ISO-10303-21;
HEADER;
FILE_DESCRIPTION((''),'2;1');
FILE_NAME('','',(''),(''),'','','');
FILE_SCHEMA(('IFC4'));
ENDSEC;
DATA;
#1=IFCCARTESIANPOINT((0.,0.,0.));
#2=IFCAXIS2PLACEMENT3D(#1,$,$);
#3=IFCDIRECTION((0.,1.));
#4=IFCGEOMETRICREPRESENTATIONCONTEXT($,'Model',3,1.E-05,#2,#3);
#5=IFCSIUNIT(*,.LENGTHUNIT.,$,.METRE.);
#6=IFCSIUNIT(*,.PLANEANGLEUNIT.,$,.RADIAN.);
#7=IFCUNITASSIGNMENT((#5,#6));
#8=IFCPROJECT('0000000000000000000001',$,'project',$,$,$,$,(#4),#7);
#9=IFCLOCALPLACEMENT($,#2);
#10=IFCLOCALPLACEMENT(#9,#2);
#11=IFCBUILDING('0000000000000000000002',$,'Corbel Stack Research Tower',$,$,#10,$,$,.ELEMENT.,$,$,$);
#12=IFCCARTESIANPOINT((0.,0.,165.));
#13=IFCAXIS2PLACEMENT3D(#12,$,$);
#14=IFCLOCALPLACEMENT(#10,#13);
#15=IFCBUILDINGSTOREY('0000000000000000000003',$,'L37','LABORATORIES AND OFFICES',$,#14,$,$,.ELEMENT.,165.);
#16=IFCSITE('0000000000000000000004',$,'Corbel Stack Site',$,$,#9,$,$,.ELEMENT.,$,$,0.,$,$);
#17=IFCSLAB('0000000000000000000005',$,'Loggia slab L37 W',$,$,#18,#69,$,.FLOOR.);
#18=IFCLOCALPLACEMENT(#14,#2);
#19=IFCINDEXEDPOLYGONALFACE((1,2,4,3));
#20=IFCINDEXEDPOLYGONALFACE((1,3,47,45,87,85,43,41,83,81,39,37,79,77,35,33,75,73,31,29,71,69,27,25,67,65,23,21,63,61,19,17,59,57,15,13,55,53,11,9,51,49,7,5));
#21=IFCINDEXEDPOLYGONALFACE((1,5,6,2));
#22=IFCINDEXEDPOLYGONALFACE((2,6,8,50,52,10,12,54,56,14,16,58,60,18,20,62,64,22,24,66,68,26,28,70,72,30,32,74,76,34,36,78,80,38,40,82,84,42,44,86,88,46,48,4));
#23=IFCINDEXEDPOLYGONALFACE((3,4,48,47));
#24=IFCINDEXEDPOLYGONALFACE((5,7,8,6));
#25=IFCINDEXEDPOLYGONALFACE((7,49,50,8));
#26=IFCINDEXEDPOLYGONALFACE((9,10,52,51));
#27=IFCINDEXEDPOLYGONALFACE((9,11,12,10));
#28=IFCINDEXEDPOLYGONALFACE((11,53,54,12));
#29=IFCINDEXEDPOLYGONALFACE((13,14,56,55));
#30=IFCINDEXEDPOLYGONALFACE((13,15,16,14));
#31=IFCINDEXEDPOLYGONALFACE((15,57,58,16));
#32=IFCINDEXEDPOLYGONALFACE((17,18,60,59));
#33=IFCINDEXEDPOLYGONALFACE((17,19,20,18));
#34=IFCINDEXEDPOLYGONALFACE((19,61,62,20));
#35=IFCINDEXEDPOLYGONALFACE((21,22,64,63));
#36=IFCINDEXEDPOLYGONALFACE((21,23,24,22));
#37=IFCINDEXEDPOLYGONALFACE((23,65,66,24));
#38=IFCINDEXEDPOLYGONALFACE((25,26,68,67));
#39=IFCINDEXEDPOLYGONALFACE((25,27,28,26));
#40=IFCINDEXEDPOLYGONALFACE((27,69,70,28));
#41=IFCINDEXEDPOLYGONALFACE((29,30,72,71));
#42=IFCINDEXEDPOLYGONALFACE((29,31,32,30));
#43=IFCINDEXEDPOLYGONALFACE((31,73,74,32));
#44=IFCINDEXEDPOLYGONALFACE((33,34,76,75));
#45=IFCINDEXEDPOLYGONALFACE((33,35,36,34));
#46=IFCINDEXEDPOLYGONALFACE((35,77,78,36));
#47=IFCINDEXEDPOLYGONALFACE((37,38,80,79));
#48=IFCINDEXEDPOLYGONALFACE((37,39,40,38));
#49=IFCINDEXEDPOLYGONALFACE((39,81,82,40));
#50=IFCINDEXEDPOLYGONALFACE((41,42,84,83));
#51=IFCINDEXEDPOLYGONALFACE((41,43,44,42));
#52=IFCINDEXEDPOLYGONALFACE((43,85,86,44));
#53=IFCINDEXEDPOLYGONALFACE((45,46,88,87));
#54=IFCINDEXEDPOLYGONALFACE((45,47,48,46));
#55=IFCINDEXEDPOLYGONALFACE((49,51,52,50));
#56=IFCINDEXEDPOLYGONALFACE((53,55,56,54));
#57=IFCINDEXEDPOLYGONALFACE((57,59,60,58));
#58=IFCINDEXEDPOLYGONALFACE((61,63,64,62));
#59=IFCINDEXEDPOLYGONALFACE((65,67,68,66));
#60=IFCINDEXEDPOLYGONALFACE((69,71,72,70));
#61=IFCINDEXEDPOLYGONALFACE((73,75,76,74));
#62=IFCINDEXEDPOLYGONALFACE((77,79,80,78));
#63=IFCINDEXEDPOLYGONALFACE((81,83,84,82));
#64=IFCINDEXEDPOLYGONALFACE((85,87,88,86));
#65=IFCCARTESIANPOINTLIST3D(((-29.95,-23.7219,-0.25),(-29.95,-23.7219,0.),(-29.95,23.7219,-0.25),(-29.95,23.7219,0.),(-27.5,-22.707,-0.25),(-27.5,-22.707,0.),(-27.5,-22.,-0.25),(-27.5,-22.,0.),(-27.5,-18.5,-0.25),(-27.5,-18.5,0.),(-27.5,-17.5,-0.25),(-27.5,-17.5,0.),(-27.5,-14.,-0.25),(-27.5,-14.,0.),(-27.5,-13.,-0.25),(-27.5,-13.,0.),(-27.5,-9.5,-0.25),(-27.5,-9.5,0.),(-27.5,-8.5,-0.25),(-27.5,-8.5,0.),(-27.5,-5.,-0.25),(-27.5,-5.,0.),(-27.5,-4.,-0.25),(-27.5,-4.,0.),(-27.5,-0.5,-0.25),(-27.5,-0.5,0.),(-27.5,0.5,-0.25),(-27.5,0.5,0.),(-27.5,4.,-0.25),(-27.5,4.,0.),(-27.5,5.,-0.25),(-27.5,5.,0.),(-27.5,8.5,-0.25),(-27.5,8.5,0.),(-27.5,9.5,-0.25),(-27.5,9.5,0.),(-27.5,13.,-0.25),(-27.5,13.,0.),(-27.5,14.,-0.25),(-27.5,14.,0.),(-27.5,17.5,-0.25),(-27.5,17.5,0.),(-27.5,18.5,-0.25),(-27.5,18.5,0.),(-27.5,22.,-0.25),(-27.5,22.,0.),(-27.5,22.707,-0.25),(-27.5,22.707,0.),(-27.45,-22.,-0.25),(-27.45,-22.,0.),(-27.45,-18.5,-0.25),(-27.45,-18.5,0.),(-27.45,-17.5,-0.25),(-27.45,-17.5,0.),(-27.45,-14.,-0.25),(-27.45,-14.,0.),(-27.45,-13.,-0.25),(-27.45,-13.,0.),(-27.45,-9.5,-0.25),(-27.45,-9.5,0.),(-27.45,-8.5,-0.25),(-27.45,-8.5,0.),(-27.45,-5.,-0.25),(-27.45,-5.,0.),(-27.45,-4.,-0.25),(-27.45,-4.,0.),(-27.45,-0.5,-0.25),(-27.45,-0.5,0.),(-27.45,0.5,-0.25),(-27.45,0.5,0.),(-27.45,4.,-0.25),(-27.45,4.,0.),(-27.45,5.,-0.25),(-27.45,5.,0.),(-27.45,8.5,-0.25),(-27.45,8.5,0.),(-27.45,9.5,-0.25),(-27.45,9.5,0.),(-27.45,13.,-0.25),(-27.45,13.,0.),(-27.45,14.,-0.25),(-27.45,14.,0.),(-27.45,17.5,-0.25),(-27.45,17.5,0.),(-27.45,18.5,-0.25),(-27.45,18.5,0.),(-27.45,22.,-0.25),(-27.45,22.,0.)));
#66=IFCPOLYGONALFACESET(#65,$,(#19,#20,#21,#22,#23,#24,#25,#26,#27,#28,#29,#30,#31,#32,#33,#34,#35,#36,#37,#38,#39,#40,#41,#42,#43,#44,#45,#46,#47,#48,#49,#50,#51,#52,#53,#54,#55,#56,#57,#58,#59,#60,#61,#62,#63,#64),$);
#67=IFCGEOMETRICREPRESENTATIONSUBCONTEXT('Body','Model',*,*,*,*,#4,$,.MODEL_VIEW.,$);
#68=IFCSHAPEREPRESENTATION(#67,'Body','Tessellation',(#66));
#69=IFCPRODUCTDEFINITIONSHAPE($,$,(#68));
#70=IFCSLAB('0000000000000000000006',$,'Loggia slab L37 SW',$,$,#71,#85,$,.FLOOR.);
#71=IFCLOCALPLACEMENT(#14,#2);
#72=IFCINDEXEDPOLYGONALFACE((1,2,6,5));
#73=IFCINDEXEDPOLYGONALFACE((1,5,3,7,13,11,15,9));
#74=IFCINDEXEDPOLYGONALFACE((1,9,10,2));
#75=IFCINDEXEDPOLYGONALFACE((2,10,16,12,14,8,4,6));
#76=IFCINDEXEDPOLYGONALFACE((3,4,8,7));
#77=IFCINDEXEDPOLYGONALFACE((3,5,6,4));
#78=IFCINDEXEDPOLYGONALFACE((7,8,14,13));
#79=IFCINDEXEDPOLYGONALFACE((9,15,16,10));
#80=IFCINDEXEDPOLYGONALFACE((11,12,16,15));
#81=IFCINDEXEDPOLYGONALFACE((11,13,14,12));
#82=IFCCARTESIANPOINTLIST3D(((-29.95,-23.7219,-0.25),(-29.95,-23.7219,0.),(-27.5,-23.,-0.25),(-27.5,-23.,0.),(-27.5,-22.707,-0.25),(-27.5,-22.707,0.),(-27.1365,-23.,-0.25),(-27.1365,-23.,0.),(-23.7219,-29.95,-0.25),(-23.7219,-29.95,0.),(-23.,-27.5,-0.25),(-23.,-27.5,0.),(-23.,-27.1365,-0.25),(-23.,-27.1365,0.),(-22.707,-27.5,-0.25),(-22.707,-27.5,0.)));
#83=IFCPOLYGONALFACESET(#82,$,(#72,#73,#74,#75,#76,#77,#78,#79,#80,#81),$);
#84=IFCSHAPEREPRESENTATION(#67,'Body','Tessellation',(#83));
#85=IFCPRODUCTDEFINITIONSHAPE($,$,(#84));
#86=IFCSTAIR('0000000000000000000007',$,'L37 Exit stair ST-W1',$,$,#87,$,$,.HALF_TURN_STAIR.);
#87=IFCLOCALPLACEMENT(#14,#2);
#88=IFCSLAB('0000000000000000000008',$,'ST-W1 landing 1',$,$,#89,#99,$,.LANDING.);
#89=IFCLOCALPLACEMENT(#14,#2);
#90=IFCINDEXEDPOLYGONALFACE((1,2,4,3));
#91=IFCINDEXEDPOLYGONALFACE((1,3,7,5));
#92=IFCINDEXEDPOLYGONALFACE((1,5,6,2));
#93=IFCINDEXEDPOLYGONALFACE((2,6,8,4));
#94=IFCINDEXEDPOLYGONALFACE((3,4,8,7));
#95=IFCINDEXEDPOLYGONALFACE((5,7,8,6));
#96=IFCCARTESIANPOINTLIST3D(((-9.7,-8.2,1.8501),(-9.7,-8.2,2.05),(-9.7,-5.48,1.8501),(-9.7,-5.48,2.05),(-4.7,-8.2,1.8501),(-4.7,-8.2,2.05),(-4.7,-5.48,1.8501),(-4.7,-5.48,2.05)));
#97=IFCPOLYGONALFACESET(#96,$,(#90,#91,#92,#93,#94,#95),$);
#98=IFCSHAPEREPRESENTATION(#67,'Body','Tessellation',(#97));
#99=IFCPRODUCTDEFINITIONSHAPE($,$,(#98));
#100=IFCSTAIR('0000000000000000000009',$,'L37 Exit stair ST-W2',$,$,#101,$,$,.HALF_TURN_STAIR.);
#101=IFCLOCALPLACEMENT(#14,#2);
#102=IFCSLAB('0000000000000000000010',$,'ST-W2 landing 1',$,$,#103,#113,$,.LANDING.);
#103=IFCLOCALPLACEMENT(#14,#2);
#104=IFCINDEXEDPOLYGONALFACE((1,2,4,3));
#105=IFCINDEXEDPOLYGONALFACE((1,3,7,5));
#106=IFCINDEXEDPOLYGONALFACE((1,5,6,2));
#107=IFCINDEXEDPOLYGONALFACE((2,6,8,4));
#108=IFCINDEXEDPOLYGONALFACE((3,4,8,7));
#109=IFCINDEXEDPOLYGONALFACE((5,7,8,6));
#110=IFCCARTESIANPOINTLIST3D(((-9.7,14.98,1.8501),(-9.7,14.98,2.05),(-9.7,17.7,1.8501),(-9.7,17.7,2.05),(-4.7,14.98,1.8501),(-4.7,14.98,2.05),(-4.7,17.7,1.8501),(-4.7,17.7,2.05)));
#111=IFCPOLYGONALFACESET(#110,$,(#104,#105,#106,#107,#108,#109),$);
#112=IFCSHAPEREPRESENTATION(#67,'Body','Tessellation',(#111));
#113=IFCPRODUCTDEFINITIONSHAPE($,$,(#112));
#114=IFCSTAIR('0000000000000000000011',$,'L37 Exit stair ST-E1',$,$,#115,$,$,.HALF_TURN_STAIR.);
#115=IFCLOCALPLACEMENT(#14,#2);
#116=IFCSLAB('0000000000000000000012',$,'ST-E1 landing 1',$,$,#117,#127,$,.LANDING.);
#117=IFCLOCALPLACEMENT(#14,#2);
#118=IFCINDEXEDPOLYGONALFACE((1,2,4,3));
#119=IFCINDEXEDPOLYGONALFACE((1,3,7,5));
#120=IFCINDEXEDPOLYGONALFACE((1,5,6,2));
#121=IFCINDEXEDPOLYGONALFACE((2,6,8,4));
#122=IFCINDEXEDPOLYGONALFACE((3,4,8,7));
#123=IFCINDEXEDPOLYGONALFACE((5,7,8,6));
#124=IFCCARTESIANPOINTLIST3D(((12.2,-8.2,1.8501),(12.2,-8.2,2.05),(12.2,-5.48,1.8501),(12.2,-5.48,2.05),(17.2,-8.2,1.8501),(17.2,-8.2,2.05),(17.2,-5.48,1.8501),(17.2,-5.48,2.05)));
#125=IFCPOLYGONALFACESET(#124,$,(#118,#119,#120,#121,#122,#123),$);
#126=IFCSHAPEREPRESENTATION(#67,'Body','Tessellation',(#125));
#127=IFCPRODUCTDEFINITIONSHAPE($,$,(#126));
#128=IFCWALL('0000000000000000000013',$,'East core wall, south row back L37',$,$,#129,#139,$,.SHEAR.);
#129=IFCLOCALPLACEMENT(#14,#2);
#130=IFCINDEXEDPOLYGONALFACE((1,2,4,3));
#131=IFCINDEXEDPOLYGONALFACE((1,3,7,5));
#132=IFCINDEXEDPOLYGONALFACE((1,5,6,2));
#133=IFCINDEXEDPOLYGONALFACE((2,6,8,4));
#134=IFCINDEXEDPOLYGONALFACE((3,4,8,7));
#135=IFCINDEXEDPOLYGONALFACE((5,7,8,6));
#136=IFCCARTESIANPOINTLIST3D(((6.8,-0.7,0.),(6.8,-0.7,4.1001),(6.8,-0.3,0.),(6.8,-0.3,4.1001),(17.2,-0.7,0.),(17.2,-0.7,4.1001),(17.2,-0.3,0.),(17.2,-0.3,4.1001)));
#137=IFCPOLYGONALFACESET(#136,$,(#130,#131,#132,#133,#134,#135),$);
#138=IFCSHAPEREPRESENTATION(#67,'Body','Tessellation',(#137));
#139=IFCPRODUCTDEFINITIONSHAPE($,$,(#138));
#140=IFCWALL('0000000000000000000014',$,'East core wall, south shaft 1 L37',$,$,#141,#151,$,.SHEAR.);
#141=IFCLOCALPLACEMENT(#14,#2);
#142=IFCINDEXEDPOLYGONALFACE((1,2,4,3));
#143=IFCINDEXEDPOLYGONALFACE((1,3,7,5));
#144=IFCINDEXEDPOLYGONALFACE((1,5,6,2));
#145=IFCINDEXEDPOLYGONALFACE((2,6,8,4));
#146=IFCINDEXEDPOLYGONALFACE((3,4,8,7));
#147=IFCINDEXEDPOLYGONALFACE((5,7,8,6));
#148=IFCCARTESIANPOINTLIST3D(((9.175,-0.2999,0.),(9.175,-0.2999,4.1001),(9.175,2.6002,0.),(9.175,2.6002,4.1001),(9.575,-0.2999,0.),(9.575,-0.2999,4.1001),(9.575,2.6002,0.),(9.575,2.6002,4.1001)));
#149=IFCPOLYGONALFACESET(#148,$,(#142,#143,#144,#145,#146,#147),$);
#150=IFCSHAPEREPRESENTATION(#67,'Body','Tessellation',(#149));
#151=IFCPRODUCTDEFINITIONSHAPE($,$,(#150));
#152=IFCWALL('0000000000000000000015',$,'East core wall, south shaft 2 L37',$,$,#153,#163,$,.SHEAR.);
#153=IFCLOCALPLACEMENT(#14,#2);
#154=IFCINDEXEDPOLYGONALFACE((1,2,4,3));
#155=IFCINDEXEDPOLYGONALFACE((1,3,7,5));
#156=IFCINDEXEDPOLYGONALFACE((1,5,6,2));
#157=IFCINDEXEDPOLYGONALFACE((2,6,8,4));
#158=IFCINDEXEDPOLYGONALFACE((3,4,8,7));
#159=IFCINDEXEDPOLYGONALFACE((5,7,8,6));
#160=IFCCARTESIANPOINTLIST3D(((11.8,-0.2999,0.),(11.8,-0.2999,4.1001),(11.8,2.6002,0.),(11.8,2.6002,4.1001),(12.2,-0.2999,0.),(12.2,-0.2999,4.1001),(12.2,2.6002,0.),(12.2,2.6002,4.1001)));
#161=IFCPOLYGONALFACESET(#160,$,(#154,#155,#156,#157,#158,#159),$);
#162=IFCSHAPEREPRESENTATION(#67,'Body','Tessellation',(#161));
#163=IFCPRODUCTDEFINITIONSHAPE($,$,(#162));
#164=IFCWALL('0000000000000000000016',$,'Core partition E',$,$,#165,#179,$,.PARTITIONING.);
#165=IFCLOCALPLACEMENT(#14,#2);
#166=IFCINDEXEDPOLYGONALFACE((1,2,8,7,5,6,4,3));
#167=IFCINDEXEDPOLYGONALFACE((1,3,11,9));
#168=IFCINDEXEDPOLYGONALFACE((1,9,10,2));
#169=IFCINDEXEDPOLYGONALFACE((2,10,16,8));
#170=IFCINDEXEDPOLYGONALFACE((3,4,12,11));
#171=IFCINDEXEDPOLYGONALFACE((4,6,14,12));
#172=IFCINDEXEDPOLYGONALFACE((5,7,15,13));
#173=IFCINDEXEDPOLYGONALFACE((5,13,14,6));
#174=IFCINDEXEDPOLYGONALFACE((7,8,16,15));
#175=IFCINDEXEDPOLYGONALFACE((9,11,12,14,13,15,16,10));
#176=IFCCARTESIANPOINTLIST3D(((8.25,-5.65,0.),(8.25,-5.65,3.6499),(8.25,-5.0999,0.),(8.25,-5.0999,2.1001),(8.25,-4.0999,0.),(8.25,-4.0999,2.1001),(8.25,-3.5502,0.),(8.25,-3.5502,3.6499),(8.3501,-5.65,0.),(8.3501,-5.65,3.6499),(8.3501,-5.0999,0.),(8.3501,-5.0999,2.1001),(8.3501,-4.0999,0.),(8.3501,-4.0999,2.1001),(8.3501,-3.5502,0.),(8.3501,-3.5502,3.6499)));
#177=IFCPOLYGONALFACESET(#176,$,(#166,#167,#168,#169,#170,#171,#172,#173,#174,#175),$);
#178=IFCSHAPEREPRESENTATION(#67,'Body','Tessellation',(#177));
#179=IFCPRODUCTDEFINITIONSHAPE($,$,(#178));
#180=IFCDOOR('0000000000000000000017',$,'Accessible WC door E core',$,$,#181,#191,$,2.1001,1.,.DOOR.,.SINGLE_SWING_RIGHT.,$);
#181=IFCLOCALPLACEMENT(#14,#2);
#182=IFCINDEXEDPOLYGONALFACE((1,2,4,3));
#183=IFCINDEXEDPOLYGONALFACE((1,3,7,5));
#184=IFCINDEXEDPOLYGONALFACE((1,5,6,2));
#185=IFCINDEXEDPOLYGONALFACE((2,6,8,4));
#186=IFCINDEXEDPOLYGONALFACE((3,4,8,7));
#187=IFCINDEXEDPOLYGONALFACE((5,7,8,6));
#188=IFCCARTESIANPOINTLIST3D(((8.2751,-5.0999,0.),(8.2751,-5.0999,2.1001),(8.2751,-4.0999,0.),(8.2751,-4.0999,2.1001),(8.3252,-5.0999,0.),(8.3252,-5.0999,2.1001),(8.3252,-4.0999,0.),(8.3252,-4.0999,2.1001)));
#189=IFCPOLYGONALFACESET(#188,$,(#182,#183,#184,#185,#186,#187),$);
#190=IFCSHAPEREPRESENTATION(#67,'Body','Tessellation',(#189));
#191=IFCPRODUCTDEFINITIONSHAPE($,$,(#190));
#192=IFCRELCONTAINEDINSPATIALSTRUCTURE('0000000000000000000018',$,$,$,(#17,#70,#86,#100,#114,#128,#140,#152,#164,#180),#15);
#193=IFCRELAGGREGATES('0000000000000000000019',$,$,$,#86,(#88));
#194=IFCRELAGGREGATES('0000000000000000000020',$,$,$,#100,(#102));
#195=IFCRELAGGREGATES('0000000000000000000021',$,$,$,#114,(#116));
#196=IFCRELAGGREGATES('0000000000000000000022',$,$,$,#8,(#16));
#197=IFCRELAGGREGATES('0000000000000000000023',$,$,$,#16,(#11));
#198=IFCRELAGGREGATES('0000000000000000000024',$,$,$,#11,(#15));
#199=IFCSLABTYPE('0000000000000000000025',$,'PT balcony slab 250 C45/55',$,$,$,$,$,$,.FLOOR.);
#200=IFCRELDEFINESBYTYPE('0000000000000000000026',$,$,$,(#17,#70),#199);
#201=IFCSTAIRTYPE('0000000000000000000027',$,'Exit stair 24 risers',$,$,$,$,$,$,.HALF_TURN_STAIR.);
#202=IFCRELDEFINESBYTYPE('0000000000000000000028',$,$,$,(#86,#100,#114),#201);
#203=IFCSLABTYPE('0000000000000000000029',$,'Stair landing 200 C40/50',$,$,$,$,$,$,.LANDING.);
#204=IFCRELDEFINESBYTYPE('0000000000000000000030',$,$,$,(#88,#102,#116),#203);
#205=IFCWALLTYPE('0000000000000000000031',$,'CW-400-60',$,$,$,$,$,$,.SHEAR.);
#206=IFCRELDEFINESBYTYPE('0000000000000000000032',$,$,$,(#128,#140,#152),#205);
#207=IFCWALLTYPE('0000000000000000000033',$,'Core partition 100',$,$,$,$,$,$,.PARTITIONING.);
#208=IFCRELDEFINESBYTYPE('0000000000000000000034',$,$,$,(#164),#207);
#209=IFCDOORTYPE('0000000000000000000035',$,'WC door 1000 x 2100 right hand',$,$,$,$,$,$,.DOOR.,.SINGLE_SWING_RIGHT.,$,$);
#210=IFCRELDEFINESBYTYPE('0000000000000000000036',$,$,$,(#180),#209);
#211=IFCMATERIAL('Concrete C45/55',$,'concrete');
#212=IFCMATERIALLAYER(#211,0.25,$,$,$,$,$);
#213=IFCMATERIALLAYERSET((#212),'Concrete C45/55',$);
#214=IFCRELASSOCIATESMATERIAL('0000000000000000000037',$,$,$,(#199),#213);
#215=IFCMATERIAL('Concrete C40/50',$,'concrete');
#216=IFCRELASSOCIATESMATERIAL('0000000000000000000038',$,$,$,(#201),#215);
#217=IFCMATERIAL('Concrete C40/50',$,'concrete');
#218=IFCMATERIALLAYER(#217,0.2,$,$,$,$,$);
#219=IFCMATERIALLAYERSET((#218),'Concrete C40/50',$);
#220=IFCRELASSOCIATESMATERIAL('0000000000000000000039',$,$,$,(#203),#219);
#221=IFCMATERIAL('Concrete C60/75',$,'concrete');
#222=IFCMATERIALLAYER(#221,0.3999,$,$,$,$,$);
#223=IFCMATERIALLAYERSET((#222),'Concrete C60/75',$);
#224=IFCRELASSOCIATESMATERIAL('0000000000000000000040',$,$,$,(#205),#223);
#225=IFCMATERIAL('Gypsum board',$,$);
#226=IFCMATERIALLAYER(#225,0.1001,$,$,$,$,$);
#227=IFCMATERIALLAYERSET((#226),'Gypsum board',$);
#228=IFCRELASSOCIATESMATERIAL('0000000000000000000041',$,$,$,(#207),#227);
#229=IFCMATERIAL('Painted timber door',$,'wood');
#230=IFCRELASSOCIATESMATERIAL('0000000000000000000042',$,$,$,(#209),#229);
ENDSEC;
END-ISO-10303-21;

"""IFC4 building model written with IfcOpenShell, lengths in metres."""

from ifc_helpers import new_model, si_unit, direction, frame, frame_2d, origin, place, context, subcontext, project, spatial, polyline, rectangle, outline, extrude, material, layer, layer_set, type_object, element, fill, aggregate, save


model = new_model("IFC4")

# Units and contexts
model_context = context("Model", 3, precision=1e-05, world=origin(), true_north=direction((0.0, 1.0)))
body_context = subcontext(model_context, "Body", "Model", "MODEL_VIEW")
ifc_project = project(units=[si_unit("LENGTHUNIT", "METRE"), si_unit("PLANEANGLEUNIT", "RADIAN")], contexts=[model_context])

# Site, building, storey
site_placement = place(None, origin())
site = spatial("IfcSite", under=ifc_project, at=site_placement, Name="Corbel Stack Site", CompositionType="ELEMENT", RefElevation=0.0)
building_placement = place(site_placement, origin())
building = spatial("IfcBuilding", under=site, at=building_placement, Name="Corbel Stack Research Tower", CompositionType="ELEMENT")
storey_placement = place(building_placement, frame((0.0, 0.0, 165.0)))
storey = spatial("IfcBuildingStorey", under=building, at=storey_placement, Name="L37", Description="LABORATORIES AND OFFICES", CompositionType="ELEMENT", Elevation=165.0)

# Slabs
ifc_material_1 = material(Name="Concrete C45/55", Category="concrete")
ifc_layer_1 = layer(ifc_material_1, 0.25)
ifc_layer_set_1 = layer_set([ifc_layer_1], Name="Concrete C45/55")
slab_type_1 = type_object("IfcSlabType", Name="PT balcony slab 250 C45/55", PredefinedType="FLOOR", material=ifc_layer_set_1)
slab_1_placement = place(storey_placement, frame((0.0, 0.0, -0.25)))
element("IfcSlab", 1, at=slab_1_placement, inside=storey, type_object=slab_type_1, Name="Loggia slab L37 W", PredefinedType="FLOOR", context=body_context, shape_type="SweptSolid", body=[
    extrude(outline(polyline([(-27.5, -22.707), (-27.5, -22.0), (-27.45, -22.0), (-27.45, -18.5), (-27.5, -18.5), (-27.5, -17.5), (-27.45, -17.5), (-27.45, -14.0), (-27.5, -14.0), (-27.5, -13.0), (-27.45, -13.0), (-27.45, -9.5), (-27.5, -9.5), (-27.5, -8.5), (-27.45, -8.5), (-27.45, -5.0), (-27.5, -5.0), (-27.5, -4.0), (-27.45, -4.0), (-27.45, -0.5), (-27.5, -0.5), (-27.5, 0.5), (-27.45, 0.5), (-27.45, 4.0), (-27.5, 4.0), (-27.5, 5.0), (-27.45, 5.0), (-27.45, 8.5), (-27.5, 8.5), (-27.5, 9.5), (-27.45, 9.5), (-27.45, 13.0), (-27.5, 13.0), (-27.5, 14.0), (-27.45, 14.0), (-27.45, 17.5), (-27.5, 17.5), (-27.5, 18.5), (-27.45, 18.5), (-27.45, 22.0), (-27.5, 22.0), (-27.5, 22.707), (-29.95, 23.7219), (-29.95, -23.7219), (-27.5, -22.707)])), origin(), (0.0, 0.0, 1.0), 0.25),
])
slab_2_placement = place(storey_placement, frame((0.0, 0.0, -0.25)))
element("IfcSlab", 2, at=slab_2_placement, inside=storey, type_object=slab_type_1, Name="Loggia slab L37 SW", PredefinedType="FLOOR", context=body_context, shape_type="SweptSolid", body=[
    extrude(outline(polyline([(-22.707, -27.5), (-23.0, -27.5), (-23.0, -27.1365), (-27.1365, -23.0), (-27.5, -23.0), (-27.5, -22.707), (-29.95, -23.7219), (-23.7219, -29.95), (-22.707, -27.5)])), origin(), (0.0, 0.0, 1.0), 0.25),
])

# Stairs, slabs
ifc_material_2 = material(Name="Concrete C40/50", Category="concrete")
stair_type = type_object("IfcStairType", Name="Exit stair 24 risers", PredefinedType="HALF_TURN_STAIR", material=ifc_material_2)
stair_1_placement = place(storey_placement, origin())
stair_1 = element("IfcStair", 3, at=stair_1_placement, inside=storey, type_object=stair_type, Name="L37 Exit stair ST-W1", PredefinedType="HALF_TURN_STAIR")
ifc_material_3 = material(Name="Concrete C40/50", Category="concrete")
ifc_layer_2 = layer(ifc_material_3, 0.2)
ifc_layer_set_2 = layer_set([ifc_layer_2], Name="Concrete C40/50")
slab_type_2 = type_object("IfcSlabType", Name="Stair landing 200 C40/50", PredefinedType="LANDING", material=ifc_layer_set_2)
slab_3_placement = place(storey_placement, frame((0.0, 0.0, 1.8501)))
slab_3 = element("IfcSlab", 4, at=slab_3_placement, type_object=slab_type_2, Name="ST-W1 landing 1", PredefinedType="LANDING", context=body_context, shape_type="SweptSolid", body=[
    extrude(outline(polyline([(-9.7, -8.2), (-9.7, -5.48), (-4.7, -5.48), (-4.7, -8.2), (-9.7, -8.2)])), origin(), (0.0, 0.0, 1.0), 0.2),
])
aggregate(stair_1, [slab_3])
stair_2_placement = place(storey_placement, origin())
stair_2 = element("IfcStair", 5, at=stair_2_placement, inside=storey, type_object=stair_type, Name="L37 Exit stair ST-W2", PredefinedType="HALF_TURN_STAIR")
slab_4_placement = place(storey_placement, frame((0.0, 0.0, 1.8501)))
slab_4 = element("IfcSlab", 6, at=slab_4_placement, type_object=slab_type_2, Name="ST-W2 landing 1", PredefinedType="LANDING", context=body_context, shape_type="SweptSolid", body=[
    extrude(outline(polyline([(-9.7, 14.98), (-9.7, 17.7), (-4.7, 17.7), (-4.7, 14.98), (-9.7, 14.98)])), origin(), (0.0, 0.0, 1.0), 0.2),
])
aggregate(stair_2, [slab_4])
stair_3_placement = place(storey_placement, origin())
stair_3 = element("IfcStair", 7, at=stair_3_placement, inside=storey, type_object=stair_type, Name="L37 Exit stair ST-E1", PredefinedType="HALF_TURN_STAIR")
slab_5_placement = place(storey_placement, frame((0.0, 0.0, 1.8501)))
slab_5 = element("IfcSlab", 8, at=slab_5_placement, type_object=slab_type_2, Name="ST-E1 landing 1", PredefinedType="LANDING", context=body_context, shape_type="SweptSolid", body=[
    extrude(outline(polyline([(12.2, -8.2), (12.2, -5.48), (17.2, -5.48), (17.2, -8.2), (12.2, -8.2)])), origin(), (0.0, 0.0, 1.0), 0.2),
])

# Walls
ifc_material_4 = material(Name="Concrete C60/75", Category="concrete")
ifc_layer_3 = layer(ifc_material_4, 0.3999)
ifc_layer_set_3 = layer_set([ifc_layer_3], Name="Concrete C60/75")
wall_type_1 = type_object("IfcWallType", Name="CW-400-60", PredefinedType="SHEAR", material=ifc_layer_set_3)
wall_1_placement = place(storey_placement, frame((6.8, -0.5, 0.0), z_axis=(0.0, 0.0, 1.0), x_axis=(1.0, 0.0, 0.0)))
element("IfcWall", 9, at=wall_1_placement, inside=storey, type_object=wall_type_1, Name="East core wall, south row back L37", PredefinedType="SHEAR", context=body_context, shape_type="SweptSolid", body=[
    extrude(rectangle(XDim=10.3999, YDim=0.3999, at=frame_2d((5.2, 0.0))), origin(), (0.0, 0.0, 1.0), 4.1001),
])
for number, where, z_axis, x_axis, name in (
    (10, (9.375, -0.3, 0.0), (0.0, 0.0, 1.0), (0.0, 1.0, 0.0), "East core wall, south shaft 1 L37"),
    (11, (12.0, -0.3, 0.0), (0.0, 0.0, 1.0), (0.0, 1.0, 0.0), "East core wall, south shaft 2 L37"),
):
    element("IfcWall", number, at=place(storey_placement, frame(where, z_axis=z_axis, x_axis=x_axis)), inside=storey, type_object=wall_type_1, Name=name, PredefinedType="SHEAR", context=body_context, shape_type="SweptSolid", body=[
        extrude(rectangle(XDim=2.9001, YDim=0.3999, at=frame_2d((1.4502, 0.0))), origin(), (0.0, 0.0, 1.0), 4.1001),
    ])

# Wall, opening, door
ifc_material_5 = material(Name="Gypsum board")
ifc_layer_4 = layer(ifc_material_5, 0.1001)
ifc_layer_set_4 = layer_set([ifc_layer_4], Name="Gypsum board")
wall_type_2 = type_object("IfcWallType", Name="Core partition 100", PredefinedType="PARTITIONING", material=ifc_layer_set_4)
wall_2_placement = place(storey_placement, frame((8.3, -5.6499, 0.0), z_axis=(0.0, 0.0, 1.0), x_axis=(0.0, 1.0, 0.0)))
wall_2 = element("IfcWall", 12, at=wall_2_placement, inside=storey, type_object=wall_type_2, Name="Core partition E", PredefinedType="PARTITIONING", context=body_context, shape_type="SweptSolid", body=[
    extrude(rectangle(XDim=2.0999, YDim=0.1001, at=frame_2d((1.0498, 0.0))), origin(), (0.0, 0.0, 1.0), 3.6499),
])
opening_1_placement = place(wall_2_placement, frame((0.55, 0.0, 0.0)))
opening_1 = element("IfcOpeningElement", 13, at=opening_1_placement, cuts=wall_2, PredefinedType="OPENING", context=body_context, shape_type="SweptSolid", body=[
    extrude(rectangle(XDim=1.0, YDim=2.1001, at=frame_2d((0.5, 1.05))), frame((0.0, 0.0601, 0.0), z_axis=(0.0, -1.0, 0.0), x_axis=(1.0, 0.0, 0.0)), (0.0, 0.0, 1.0), 0.1201),
])
ifc_material_6 = material(Name="Painted timber door", Category="wood")
door_type_1 = type_object("IfcDoorType", Name="WC door 1000 x 2100 right hand", OperationType="SINGLE_SWING_RIGHT", PredefinedType="DOOR", material=ifc_material_6)
door_1_placement = place(opening_1_placement, origin())
door_1 = element("IfcDoor", 14, at=door_1_placement, inside=storey, type_object=door_type_1, Name="Accessible WC door E core", OperationType="SINGLE_SWING_RIGHT", OverallHeight=2.1001, OverallWidth=1.0, PredefinedType="DOOR", context=body_context, shape_type="SweptSolid", body=[
    extrude(rectangle(XDim=1.0, YDim=2.1001, at=frame_2d((0.5, 1.05))), frame((0.0, 0.0249, 0.0), z_axis=(0.0, -1.0, 0.0), x_axis=(1.0, 0.0, 0.0)), (0.0, 0.0, 1.0), 0.05),
])
fill(opening_1, door_1)

aggregate(stair_3, [slab_5])

save(model, "model.ifc")
